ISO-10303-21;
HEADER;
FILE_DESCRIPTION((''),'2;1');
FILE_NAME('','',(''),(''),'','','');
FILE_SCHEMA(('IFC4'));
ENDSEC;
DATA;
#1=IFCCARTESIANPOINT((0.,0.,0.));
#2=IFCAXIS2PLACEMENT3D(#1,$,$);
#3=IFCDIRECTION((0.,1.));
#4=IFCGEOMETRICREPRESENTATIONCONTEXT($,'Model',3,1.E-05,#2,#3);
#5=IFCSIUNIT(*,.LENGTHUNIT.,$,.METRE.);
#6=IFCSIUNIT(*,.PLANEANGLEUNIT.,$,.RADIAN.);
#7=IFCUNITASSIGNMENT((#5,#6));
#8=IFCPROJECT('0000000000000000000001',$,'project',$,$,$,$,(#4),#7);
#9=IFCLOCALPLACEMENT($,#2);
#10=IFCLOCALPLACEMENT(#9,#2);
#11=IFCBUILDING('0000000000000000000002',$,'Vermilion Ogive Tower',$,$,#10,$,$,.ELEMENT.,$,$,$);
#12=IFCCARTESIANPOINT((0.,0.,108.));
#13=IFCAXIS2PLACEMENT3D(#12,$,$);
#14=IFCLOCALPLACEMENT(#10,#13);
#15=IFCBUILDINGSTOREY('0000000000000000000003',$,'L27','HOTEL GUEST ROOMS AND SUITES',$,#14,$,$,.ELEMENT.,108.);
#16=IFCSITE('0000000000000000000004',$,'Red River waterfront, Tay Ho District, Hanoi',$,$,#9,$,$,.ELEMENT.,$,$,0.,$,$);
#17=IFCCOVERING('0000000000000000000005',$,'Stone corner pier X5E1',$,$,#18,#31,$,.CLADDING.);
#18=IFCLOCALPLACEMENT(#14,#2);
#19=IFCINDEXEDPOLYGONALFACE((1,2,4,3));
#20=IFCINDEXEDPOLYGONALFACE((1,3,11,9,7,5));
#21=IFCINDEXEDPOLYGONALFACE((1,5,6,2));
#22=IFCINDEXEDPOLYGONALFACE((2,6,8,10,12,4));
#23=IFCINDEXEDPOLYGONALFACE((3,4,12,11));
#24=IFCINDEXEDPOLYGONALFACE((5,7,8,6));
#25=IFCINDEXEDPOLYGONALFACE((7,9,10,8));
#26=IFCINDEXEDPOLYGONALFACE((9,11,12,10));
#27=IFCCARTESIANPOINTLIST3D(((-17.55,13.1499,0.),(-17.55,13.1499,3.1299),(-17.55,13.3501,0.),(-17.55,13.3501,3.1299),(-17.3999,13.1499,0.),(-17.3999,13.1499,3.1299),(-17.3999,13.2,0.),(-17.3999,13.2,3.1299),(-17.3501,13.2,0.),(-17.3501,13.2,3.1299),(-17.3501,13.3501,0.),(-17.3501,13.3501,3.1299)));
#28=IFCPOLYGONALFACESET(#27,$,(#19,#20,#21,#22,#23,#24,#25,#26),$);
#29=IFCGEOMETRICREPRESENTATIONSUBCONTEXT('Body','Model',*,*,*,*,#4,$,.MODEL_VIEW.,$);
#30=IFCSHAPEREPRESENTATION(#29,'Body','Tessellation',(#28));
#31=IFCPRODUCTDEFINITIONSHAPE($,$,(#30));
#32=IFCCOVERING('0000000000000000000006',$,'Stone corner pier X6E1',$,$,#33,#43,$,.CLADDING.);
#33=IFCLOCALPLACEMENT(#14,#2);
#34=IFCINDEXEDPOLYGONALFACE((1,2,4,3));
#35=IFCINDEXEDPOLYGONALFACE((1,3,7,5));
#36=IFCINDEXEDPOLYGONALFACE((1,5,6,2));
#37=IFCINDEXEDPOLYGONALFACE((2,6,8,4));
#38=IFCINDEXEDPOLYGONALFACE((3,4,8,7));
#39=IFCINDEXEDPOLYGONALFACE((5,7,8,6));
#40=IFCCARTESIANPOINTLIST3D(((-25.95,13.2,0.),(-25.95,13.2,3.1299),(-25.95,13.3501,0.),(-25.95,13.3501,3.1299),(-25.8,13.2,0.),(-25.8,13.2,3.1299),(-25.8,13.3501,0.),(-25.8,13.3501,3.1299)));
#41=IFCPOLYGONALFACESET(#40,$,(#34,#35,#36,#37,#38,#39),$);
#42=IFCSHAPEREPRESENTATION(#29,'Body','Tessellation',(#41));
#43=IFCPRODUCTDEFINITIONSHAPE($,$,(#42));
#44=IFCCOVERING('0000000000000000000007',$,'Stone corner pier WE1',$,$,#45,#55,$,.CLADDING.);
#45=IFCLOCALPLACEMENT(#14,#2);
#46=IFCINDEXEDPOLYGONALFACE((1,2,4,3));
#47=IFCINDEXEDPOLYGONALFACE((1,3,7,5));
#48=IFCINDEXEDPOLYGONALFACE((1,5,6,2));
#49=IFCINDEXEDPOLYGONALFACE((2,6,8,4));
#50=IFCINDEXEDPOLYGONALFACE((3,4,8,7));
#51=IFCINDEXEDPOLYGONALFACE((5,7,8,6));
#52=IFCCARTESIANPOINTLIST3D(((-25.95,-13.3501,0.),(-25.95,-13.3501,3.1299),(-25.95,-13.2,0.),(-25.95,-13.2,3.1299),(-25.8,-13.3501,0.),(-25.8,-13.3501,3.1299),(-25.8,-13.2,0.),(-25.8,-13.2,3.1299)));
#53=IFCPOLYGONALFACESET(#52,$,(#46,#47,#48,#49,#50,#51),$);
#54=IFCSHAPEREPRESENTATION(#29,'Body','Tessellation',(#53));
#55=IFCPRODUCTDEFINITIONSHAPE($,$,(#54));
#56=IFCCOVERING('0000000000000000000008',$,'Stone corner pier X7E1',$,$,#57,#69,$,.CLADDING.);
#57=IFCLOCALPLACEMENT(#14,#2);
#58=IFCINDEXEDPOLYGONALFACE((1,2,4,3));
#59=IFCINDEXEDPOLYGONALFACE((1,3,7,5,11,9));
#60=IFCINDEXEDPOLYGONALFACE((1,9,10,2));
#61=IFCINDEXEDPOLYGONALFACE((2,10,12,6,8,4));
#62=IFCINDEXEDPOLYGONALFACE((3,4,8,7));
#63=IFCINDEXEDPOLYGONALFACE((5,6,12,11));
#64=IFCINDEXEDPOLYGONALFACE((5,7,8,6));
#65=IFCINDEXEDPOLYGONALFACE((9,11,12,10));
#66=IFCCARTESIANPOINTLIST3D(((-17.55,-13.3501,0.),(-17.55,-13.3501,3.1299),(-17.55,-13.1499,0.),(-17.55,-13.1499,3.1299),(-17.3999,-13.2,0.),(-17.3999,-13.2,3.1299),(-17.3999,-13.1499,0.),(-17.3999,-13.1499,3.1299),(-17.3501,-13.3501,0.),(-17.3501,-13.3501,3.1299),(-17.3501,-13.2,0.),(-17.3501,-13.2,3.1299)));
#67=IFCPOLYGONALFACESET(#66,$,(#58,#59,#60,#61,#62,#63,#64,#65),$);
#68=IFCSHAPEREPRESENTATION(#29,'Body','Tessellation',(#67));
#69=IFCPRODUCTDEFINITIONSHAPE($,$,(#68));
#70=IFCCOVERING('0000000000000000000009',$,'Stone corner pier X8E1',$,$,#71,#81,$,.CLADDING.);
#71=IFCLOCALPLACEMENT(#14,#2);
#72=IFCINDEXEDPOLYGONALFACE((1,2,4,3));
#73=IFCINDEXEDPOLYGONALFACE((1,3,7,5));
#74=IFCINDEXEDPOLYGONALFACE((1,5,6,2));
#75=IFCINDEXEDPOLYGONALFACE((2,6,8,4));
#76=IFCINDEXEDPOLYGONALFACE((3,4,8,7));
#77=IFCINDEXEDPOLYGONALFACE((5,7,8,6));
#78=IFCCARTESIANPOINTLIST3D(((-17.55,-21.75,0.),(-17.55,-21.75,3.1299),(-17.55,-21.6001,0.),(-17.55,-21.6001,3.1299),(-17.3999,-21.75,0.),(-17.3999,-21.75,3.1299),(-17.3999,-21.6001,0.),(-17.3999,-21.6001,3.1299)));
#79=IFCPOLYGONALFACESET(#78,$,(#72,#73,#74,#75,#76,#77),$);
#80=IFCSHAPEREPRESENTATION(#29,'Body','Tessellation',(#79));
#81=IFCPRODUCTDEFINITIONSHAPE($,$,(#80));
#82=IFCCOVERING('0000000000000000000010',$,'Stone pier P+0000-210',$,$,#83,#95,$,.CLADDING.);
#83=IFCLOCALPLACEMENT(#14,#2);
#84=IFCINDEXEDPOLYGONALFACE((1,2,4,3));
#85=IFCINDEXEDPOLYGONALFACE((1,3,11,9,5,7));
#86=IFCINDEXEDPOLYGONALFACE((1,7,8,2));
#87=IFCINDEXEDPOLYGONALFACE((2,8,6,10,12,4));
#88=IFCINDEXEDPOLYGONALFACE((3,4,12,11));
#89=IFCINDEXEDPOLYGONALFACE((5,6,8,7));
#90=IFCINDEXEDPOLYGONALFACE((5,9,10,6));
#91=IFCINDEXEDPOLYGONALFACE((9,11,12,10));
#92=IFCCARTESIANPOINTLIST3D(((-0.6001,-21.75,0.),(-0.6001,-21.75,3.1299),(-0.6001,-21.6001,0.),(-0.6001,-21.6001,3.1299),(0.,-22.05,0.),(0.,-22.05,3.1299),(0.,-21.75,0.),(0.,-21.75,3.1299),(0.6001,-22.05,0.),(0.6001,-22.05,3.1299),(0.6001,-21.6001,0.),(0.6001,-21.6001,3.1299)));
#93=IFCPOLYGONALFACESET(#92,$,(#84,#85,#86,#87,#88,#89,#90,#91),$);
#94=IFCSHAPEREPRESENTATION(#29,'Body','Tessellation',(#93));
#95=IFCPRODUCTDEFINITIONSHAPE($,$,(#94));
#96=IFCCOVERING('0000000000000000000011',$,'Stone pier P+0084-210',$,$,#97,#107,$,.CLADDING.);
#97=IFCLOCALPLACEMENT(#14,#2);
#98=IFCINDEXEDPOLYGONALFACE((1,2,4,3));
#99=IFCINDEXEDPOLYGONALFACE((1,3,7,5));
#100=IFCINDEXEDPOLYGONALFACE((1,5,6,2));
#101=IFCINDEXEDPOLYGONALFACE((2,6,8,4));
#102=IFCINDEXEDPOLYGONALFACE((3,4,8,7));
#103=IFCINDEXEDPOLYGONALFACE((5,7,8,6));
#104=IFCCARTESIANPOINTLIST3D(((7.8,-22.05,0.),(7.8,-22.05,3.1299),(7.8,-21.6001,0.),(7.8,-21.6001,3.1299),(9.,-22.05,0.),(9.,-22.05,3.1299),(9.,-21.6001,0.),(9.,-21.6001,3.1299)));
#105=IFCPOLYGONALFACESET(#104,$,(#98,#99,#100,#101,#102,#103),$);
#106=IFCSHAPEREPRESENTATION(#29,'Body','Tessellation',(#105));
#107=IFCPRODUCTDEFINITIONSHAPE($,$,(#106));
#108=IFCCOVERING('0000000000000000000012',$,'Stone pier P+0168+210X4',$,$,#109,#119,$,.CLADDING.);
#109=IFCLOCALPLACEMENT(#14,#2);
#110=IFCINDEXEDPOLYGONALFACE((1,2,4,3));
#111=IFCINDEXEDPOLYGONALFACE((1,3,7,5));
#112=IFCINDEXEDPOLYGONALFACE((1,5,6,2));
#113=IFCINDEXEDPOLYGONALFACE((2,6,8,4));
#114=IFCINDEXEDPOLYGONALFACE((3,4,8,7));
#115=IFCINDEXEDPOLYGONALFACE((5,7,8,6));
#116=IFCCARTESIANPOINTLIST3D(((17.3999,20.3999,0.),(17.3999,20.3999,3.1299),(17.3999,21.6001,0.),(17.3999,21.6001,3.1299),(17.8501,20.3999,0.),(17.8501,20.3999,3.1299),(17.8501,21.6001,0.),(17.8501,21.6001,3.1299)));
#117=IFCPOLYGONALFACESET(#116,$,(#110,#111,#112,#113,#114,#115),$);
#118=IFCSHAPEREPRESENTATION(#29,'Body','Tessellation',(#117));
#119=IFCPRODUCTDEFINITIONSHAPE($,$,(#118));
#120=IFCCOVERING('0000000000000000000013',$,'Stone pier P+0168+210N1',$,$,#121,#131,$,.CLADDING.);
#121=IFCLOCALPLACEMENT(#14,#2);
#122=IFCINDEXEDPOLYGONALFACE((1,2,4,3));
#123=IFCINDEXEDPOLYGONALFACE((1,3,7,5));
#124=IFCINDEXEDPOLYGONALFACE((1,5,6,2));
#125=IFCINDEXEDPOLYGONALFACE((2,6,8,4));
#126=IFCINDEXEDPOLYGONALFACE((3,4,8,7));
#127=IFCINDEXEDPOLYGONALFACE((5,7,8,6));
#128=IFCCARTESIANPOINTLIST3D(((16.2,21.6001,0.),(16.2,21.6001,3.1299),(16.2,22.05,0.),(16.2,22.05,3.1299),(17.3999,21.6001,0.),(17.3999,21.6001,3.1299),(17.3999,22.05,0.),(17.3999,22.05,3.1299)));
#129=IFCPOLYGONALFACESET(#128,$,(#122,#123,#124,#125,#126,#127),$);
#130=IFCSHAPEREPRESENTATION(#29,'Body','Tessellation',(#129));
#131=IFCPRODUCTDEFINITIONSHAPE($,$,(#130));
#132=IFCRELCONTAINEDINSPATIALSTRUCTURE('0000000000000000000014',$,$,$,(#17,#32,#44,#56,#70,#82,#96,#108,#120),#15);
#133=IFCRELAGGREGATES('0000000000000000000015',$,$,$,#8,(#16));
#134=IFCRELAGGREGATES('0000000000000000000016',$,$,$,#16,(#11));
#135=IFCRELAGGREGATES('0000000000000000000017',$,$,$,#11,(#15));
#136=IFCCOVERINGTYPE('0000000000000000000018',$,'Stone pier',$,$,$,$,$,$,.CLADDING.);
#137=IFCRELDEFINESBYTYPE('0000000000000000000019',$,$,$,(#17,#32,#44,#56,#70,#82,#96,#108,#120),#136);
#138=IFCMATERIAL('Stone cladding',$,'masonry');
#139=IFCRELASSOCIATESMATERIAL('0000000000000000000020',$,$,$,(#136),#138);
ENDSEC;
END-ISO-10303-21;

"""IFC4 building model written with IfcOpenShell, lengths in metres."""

from ifc_helpers import new_model, si_unit, direction, frame, origin, place, context, subcontext, project, spatial, polyline, outline, extrude, material, type_object, element, save


model = new_model("IFC4")

# Units and contexts
model_context = context("Model", 3, precision=1e-05, world=origin(), true_north=direction((0.0, 1.0)))
body_context = subcontext(model_context, "Body", "Model", "MODEL_VIEW")
ifc_project = project(units=[si_unit("LENGTHUNIT", "METRE"), si_unit("PLANEANGLEUNIT", "RADIAN")], contexts=[model_context])

# Site, building, storey
site_placement = place(None, origin())
site = spatial("IfcSite", under=ifc_project, at=site_placement, Name="Red River waterfront, Tay Ho District, Hanoi", CompositionType="ELEMENT", RefElevation=0.0)
building_placement = place(site_placement, origin())
building = spatial("IfcBuilding", under=site, at=building_placement, Name="Vermilion Ogive Tower", CompositionType="ELEMENT")
storey_placement = place(building_placement, frame((0.0, 0.0, 108.0)))
storey = spatial("IfcBuildingStorey", under=building, at=storey_placement, Name="L27", Description="HOTEL GUEST ROOMS AND SUITES", CompositionType="ELEMENT", Elevation=108.0)

# Coverings
ifc_material_1 = material(Name="Stone cladding", Category="masonry")
covering_type_1 = type_object("IfcCoveringType", Name="Stone pier", PredefinedType="CLADDING", material=ifc_material_1)
covering_1_placement = place(storey_placement, origin())
element("IfcCovering", 1, at=covering_1_placement, inside=storey, type_object=covering_type_1, Name="Stone corner pier X5E1", PredefinedType="CLADDING", context=body_context, shape_type="SweptSolid", body=[
    extrude(outline(polyline([(-17.3501, 13.2), (-17.3999, 13.2), (-17.3999, 13.1499), (-17.55, 13.1499), (-17.55, 13.3501), (-17.3501, 13.3501), (-17.3501, 13.2)])), origin(), (0.0, 0.0, 1.0), 3.1299),
])
covering_2_placement = place(storey_placement, origin())
element("IfcCovering", 2, at=covering_2_placement, inside=storey, type_object=covering_type_1, Name="Stone corner pier X6E1", PredefinedType="CLADDING", context=body_context, shape_type="SweptSolid", body=[
    extrude(outline(polyline([(-25.8, 13.3501), (-25.8, 13.2), (-25.95, 13.2), (-25.95, 13.3501), (-25.8, 13.3501)])), origin(), (0.0, 0.0, 1.0), 3.1299),
])
covering_3_placement = place(storey_placement, origin())
element("IfcCovering", 3, at=covering_3_placement, inside=storey, type_object=covering_type_1, Name="Stone corner pier WE1", PredefinedType="CLADDING", context=body_context, shape_type="SweptSolid", body=[
    extrude(outline(polyline([(-25.95, -13.2), (-25.8, -13.2), (-25.8, -13.3501), (-25.95, -13.3501), (-25.95, -13.2)])), origin(), (0.0, 0.0, 1.0), 3.1299),
])
covering_4_placement = place(storey_placement, origin())
element("IfcCovering", 4, at=covering_4_placement, inside=storey, type_object=covering_type_1, Name="Stone corner pier X7E1", PredefinedType="CLADDING", context=body_context, shape_type="SweptSolid", body=[
    extrude(outline(polyline([(-17.3999, -13.1499), (-17.3999, -13.2), (-17.3501, -13.2), (-17.3501, -13.3501), (-17.55, -13.3501), (-17.55, -13.1499), (-17.3999, -13.1499)])), origin(), (0.0, 0.0, 1.0), 3.1299),
])
covering_5_placement = place(storey_placement, origin())
element("IfcCovering", 5, at=covering_5_placement, inside=storey, type_object=covering_type_1, Name="Stone corner pier X8E1", PredefinedType="CLADDING", context=body_context, shape_type="SweptSolid", body=[
    extrude(outline(polyline([(-17.55, -21.6001), (-17.3999, -21.6001), (-17.3999, -21.6001), (-17.3999, -21.75), (-17.55, -21.75), (-17.55, -21.6001)])), origin(), (0.0, 0.0, 1.0), 3.1299),
])
covering_6_placement = place(storey_placement, origin())
element("IfcCovering", 6, at=covering_6_placement, inside=storey, type_object=covering_type_1, Name="Stone pier P+0000-210", PredefinedType="CLADDING", context=body_context, shape_type="SweptSolid", body=[
    extrude(outline(polyline([(0.6001, -21.6001), (0.6001, -21.6001), (0.6001, -22.05), (0.0, -22.05), (0.0, -21.75), (-0.6001, -21.75), (-0.6001, -22.05), (-0.6001, -22.05), (-0.6001, -21.6001), (-0.6001, -21.6001), (0.6001, -21.6001)])), origin(), (0.0, 0.0, 1.0), 3.1299),
])
covering_7_placement = place(storey_placement, origin())
element("IfcCovering", 7, at=covering_7_placement, inside=storey, type_object=covering_type_1, Name="Stone pier P+0084-210", PredefinedType="CLADDING", context=body_context, shape_type="SweptSolid", body=[
    extrude(outline(polyline([(9.0, -21.6001), (9.0, -22.05), (7.8, -22.05), (7.8, -21.6001), (9.0, -21.6001), (9.0, -21.6001)])), origin(), (0.0, 0.0, 1.0), 3.1299),
])
covering_8_placement = place(storey_placement, origin())
element("IfcCovering", 8, at=covering_8_placement, inside=storey, type_object=covering_type_1, Name="Stone pier P+0168+210X4", PredefinedType="CLADDING", context=body_context, shape_type="SweptSolid", body=[
    extrude(outline(polyline([(17.8501, 21.6001), (17.8501, 20.3999), (17.3999, 20.3999), (17.3999, 21.6001), (17.8501, 21.6001)])), origin(), (0.0, 0.0, 1.0), 3.1299),
])
covering_9_placement = place(storey_placement, origin())
element("IfcCovering", 9, at=covering_9_placement, inside=storey, type_object=covering_type_1, Name="Stone pier P+0168+210N1", PredefinedType="CLADDING", context=body_context, shape_type="SweptSolid", body=[
    extrude(outline(polyline([(17.3999, 22.05), (17.3999, 21.6001), (16.2, 21.6001), (16.2, 22.05), (17.3999, 22.05)])), origin(), (0.0, 0.0, 1.0), 3.1299),
])

save(model, "model.ifc")
